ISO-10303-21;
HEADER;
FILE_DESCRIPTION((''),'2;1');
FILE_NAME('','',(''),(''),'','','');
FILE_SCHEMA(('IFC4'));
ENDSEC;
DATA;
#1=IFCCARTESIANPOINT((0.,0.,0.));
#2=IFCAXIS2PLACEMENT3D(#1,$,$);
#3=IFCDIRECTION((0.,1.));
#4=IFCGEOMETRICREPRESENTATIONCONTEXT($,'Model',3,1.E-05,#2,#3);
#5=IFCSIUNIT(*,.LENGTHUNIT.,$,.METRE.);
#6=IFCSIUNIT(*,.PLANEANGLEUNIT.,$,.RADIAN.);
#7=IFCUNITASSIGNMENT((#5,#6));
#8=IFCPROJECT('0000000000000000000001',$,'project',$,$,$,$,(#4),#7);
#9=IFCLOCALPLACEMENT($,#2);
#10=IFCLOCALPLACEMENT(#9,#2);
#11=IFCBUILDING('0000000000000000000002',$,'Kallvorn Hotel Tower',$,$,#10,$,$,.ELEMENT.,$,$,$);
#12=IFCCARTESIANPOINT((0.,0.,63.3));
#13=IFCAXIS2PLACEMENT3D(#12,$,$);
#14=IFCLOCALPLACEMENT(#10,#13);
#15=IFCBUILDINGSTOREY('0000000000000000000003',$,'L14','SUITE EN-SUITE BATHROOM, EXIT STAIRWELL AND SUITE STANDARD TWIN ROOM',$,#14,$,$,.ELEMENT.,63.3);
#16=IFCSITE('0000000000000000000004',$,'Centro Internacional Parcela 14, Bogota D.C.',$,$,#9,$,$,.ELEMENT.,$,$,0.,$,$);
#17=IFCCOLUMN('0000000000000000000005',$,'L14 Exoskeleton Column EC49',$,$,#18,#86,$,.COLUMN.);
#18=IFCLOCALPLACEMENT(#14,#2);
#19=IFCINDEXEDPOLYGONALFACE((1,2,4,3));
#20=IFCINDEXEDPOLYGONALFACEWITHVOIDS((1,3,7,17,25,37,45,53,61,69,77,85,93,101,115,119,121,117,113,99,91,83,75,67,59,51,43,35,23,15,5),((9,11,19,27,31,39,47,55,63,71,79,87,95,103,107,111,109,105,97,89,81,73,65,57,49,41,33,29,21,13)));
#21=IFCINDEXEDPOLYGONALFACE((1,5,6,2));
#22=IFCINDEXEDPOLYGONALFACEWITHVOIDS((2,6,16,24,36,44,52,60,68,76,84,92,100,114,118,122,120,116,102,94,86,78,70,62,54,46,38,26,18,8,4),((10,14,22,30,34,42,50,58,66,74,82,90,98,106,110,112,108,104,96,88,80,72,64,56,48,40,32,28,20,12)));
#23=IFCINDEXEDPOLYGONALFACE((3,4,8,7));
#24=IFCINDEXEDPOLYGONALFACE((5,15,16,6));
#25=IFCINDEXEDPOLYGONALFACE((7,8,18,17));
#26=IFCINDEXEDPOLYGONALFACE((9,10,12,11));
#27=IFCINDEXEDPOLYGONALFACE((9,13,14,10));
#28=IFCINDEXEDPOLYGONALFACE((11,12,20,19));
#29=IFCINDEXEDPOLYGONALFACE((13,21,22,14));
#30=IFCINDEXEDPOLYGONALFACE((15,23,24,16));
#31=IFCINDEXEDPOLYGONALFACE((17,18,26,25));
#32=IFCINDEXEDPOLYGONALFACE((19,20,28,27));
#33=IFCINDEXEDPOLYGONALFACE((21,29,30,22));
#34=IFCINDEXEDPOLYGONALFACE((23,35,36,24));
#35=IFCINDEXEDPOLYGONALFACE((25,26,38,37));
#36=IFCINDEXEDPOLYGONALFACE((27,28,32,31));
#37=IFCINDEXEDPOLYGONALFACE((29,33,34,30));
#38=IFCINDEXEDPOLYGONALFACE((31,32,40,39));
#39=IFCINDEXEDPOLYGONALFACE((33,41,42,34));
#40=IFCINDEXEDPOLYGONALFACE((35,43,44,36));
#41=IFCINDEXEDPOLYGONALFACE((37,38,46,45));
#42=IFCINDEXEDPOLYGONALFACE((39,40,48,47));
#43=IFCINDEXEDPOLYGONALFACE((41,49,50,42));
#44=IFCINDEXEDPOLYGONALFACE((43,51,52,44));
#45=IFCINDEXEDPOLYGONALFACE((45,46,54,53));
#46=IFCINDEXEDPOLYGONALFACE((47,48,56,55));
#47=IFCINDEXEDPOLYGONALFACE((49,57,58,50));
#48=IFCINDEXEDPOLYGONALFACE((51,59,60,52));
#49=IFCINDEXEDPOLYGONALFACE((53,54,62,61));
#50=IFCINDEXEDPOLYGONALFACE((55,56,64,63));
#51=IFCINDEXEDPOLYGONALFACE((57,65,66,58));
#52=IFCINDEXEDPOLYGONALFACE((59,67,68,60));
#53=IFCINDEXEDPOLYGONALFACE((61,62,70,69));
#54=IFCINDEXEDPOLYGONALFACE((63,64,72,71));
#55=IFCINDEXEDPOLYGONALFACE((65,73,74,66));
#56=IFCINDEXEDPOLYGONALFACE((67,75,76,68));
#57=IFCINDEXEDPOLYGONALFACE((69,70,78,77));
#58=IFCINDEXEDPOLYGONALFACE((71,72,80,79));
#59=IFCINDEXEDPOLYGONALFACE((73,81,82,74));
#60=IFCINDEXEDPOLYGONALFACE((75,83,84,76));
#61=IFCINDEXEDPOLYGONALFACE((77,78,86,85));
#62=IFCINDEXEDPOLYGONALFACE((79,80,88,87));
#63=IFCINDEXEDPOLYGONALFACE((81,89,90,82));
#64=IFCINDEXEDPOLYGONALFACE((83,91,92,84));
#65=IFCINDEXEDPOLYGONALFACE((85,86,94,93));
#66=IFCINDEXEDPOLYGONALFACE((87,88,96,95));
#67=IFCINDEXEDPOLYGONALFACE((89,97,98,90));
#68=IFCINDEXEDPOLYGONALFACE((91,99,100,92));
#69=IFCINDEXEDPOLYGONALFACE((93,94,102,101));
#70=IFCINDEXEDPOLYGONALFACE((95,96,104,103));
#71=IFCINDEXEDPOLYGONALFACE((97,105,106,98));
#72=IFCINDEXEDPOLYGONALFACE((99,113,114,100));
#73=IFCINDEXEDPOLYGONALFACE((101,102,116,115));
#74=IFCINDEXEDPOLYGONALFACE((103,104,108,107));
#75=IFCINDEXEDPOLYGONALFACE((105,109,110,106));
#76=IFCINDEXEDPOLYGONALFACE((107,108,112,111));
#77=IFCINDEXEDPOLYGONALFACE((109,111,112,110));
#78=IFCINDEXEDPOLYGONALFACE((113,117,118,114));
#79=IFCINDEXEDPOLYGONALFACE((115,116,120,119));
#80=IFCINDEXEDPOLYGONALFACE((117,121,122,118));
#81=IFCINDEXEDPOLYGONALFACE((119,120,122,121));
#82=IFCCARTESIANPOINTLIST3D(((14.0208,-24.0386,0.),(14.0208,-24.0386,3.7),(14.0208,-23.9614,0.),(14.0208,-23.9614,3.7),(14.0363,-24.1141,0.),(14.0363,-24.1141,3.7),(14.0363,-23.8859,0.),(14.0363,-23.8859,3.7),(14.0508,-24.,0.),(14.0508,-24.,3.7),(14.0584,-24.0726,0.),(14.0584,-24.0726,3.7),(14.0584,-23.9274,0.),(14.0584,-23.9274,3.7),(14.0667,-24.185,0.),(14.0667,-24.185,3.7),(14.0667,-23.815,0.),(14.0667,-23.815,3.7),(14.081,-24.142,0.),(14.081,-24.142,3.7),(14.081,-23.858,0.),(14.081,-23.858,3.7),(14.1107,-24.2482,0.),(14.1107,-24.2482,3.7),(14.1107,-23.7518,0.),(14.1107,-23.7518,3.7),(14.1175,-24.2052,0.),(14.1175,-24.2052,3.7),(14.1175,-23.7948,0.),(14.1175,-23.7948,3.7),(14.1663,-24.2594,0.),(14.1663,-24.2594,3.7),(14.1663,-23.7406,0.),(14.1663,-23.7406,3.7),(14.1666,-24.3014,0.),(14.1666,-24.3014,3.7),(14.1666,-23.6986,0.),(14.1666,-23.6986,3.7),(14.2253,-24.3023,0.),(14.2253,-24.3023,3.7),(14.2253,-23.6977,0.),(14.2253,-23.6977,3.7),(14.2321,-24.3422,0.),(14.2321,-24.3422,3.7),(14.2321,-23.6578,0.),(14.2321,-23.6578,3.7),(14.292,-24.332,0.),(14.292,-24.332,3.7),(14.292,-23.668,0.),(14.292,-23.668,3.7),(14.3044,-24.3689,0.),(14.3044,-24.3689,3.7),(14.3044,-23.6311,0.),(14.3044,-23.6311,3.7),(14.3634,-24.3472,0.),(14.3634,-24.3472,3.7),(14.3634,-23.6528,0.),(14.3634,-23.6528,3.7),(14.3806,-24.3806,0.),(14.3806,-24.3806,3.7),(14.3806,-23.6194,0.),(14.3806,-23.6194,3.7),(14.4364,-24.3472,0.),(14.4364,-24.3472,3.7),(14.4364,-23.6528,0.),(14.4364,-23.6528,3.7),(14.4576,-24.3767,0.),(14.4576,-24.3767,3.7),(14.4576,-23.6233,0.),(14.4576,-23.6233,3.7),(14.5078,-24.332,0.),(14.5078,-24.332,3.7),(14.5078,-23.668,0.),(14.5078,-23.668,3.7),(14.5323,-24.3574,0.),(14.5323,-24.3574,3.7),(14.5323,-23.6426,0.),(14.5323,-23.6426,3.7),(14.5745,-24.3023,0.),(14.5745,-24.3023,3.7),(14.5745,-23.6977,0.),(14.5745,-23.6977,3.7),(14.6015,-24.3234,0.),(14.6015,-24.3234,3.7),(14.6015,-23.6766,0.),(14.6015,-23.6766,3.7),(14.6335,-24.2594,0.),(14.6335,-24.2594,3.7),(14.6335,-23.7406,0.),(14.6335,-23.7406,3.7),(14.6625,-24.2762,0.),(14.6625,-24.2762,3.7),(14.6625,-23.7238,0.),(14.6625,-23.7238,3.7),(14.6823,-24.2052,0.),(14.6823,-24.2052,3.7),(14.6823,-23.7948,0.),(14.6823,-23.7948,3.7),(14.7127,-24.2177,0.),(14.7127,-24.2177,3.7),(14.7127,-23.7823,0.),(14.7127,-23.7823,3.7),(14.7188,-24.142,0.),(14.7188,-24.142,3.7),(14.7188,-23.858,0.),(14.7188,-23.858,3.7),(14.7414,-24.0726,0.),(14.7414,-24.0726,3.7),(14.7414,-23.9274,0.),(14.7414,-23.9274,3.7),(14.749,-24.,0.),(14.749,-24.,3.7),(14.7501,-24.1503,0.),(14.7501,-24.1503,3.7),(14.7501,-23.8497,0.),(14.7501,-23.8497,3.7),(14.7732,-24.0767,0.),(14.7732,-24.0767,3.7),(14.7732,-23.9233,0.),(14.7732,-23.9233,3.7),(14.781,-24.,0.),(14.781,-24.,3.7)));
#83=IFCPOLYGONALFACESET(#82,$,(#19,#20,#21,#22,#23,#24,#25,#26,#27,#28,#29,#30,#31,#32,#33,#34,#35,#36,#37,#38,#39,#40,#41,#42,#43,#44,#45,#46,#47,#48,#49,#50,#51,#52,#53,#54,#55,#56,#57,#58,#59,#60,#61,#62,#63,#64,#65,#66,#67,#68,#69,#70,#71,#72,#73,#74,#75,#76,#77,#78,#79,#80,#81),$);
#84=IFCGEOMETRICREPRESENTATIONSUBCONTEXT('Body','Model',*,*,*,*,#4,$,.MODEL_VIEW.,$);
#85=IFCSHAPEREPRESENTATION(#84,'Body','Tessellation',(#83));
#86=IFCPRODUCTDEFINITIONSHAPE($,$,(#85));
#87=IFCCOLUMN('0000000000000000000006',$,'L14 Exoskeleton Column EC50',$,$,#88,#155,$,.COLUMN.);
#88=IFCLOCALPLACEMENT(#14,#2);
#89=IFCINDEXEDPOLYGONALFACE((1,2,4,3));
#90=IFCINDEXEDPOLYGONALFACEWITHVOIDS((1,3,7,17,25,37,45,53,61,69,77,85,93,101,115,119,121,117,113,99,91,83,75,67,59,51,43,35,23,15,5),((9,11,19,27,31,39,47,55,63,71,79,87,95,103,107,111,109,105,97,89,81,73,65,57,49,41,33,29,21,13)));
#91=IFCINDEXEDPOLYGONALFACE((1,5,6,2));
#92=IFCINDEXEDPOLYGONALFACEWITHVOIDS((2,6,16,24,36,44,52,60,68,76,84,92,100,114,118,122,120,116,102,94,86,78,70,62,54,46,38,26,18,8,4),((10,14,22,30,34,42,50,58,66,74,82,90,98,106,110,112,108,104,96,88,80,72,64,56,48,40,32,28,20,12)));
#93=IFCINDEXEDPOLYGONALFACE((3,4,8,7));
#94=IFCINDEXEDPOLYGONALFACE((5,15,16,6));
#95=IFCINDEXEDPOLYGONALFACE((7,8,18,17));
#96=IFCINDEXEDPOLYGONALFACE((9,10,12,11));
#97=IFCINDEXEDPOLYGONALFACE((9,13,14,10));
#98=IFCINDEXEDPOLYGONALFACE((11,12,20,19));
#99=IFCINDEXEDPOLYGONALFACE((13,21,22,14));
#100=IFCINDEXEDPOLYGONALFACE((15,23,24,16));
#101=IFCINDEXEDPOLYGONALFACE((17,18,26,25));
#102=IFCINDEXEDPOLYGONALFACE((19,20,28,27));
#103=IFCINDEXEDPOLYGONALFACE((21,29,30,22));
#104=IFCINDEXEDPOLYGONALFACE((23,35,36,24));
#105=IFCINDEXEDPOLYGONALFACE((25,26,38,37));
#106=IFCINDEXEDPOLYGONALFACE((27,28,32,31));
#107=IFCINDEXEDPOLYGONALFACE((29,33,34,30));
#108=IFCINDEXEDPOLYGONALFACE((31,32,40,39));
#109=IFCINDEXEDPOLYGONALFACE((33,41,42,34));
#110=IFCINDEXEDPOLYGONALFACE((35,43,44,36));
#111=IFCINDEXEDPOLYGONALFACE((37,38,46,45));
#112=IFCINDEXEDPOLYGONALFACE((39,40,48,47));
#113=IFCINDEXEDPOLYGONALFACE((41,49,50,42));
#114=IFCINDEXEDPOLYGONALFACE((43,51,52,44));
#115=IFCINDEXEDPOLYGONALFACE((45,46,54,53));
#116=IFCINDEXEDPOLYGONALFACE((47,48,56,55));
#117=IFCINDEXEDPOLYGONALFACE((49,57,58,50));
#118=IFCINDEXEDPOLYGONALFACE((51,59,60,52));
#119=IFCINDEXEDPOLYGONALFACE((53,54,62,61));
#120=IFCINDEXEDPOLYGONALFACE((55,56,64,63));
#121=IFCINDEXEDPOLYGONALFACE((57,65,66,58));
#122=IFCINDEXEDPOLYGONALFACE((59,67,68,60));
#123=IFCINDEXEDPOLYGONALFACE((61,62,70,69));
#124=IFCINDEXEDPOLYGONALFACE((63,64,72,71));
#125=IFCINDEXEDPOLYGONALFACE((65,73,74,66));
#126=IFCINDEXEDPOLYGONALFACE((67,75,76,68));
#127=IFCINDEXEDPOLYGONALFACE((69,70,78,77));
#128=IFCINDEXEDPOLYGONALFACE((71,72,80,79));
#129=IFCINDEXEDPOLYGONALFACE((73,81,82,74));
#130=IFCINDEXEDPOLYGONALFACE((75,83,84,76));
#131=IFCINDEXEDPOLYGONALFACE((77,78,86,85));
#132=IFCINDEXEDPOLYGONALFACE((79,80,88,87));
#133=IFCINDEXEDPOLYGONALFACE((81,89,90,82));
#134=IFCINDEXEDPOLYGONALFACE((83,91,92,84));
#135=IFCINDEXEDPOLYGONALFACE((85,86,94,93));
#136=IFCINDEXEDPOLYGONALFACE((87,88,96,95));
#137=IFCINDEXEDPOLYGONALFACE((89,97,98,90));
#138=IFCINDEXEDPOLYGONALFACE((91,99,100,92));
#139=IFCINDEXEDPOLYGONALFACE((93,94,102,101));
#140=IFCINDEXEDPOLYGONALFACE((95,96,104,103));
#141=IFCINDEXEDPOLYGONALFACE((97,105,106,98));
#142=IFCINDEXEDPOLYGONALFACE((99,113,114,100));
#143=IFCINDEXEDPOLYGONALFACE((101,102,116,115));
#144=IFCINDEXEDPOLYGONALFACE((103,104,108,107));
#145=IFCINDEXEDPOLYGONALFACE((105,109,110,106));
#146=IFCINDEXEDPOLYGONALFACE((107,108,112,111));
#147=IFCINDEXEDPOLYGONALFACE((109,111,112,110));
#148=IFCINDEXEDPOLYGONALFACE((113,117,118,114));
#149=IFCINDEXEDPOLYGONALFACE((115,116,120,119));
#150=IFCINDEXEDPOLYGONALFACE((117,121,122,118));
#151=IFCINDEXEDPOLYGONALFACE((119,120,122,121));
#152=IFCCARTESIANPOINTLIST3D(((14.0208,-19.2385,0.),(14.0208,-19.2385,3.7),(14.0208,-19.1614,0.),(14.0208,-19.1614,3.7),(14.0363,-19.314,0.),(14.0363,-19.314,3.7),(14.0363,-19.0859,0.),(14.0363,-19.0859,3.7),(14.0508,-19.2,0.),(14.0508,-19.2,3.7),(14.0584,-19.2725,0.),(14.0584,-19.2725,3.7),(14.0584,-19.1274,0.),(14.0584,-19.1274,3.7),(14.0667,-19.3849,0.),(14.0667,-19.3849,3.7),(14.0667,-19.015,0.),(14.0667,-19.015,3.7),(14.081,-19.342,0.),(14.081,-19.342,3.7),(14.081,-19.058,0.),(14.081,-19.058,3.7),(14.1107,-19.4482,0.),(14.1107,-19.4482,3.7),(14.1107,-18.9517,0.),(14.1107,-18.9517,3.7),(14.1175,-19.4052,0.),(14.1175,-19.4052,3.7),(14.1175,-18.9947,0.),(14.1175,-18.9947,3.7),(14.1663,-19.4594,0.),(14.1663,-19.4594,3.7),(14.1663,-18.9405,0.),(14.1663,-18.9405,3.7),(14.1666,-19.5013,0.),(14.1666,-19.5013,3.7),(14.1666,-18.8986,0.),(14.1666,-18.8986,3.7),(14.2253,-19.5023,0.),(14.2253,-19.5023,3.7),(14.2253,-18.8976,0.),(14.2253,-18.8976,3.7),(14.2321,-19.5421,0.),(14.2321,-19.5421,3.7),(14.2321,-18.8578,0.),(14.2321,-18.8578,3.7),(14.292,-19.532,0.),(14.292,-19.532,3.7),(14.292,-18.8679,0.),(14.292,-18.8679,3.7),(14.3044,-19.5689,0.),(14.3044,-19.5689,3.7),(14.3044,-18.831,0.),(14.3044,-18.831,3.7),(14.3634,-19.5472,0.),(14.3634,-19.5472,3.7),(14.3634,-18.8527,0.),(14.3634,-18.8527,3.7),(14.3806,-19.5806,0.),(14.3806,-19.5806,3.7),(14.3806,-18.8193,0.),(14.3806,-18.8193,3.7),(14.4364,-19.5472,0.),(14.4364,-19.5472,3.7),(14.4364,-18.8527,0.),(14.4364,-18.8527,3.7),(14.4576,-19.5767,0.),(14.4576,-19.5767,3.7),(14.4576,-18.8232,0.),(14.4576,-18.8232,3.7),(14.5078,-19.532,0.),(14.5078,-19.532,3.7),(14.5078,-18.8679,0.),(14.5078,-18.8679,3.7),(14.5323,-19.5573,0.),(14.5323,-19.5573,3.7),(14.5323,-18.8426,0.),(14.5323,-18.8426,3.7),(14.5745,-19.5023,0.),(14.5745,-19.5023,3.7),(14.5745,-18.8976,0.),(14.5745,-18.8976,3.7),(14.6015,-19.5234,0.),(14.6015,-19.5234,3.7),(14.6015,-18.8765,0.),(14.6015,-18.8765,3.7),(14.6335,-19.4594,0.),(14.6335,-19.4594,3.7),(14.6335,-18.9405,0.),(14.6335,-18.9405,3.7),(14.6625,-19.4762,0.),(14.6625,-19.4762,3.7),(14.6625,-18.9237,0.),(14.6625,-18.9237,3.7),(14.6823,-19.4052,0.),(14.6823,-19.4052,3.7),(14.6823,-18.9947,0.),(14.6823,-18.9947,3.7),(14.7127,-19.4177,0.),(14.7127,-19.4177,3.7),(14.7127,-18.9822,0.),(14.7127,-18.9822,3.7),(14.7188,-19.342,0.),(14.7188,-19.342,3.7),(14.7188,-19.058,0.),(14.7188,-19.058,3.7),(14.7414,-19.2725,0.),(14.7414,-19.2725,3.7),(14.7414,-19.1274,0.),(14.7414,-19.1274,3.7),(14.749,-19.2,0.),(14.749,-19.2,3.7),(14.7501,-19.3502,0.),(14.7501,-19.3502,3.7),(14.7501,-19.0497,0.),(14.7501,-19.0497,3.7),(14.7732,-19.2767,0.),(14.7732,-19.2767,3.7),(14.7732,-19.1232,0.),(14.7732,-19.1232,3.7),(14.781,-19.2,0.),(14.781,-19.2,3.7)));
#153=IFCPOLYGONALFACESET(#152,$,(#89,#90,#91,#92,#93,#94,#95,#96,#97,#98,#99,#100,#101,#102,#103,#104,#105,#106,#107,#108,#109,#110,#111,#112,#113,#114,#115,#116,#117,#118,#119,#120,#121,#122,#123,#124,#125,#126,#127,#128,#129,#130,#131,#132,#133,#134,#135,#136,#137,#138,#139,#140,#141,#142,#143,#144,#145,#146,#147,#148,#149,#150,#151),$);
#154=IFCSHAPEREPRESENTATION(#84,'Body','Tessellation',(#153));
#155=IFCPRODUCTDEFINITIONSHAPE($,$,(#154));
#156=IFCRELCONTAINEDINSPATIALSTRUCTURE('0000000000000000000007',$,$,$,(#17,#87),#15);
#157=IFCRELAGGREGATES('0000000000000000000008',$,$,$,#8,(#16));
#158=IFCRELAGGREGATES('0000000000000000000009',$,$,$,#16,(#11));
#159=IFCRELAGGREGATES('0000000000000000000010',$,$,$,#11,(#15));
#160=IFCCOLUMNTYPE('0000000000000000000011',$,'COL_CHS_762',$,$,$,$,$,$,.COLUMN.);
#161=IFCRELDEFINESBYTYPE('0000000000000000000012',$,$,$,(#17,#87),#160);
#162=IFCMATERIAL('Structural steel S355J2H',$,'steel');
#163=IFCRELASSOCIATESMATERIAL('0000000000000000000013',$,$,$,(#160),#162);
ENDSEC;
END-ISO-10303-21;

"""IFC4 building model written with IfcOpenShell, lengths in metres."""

from ifc_helpers import new_model, si_unit, direction, frame, origin, origin_2d, place, context, subcontext, project, spatial, hollow_circle, extrude, material, material_profile, profile_set, type_object, element, save


model = new_model("IFC4")

# Units and contexts
model_context = context("Model", 3, precision=1e-05, world=origin(), true_north=direction((0.0, 1.0)))
body_context = subcontext(model_context, "Body", "Model", "MODEL_VIEW")
ifc_project = project(units=[si_unit("LENGTHUNIT", "METRE"), si_unit("PLANEANGLEUNIT", "RADIAN")], contexts=[model_context])

# Site, building, storey
site_placement = place(None, origin())
site = spatial("IfcSite", under=ifc_project, at=site_placement, Name="Centro Internacional Parcela 14, Bogota D.C.", CompositionType="ELEMENT", RefElevation=0.0)
building_placement = place(site_placement, origin())
building = spatial("IfcBuilding", under=site, at=building_placement, Name="Kallvorn Hotel Tower", CompositionType="ELEMENT")
storey_placement = place(building_placement, frame((0.0, 0.0, 63.3)))
storey = spatial("IfcBuildingStorey", under=building, at=storey_placement, Name="L14", Description="SUITE EN-SUITE BATHROOM, EXIT STAIRWELL AND SUITE STANDARD TWIN ROOM", CompositionType="ELEMENT", Elevation=63.3)

# Columns
ifc_material_1 = material(Name="Structural steel S355J2H", Category="steel")
ifc_material_profile_1 = material_profile(ifc_material_1, hollow_circle(Radius=0.3811, WallThickness=0.032, at=origin_2d()), Name="CHS 762x32")
ifc_profile_set_1 = profile_set([ifc_material_profile_1], Name="Structural steel S355J2H")
column_type_1 = type_object("IfcColumnType", Name="COL_CHS_762", PredefinedType="COLUMN", material=ifc_profile_set_1)
for number, where, z_axis, x_axis, name in (
    (1, (14.3999, -24.0, 0.0), (0.0, 0.0, 1.0), (1.0, 0.0, 0.0), "L14 Exoskeleton Column EC49"),
    (2, (14.3999, -19.2, 0.0), (0.0, 0.0, 1.0), (1.0, 0.0, 0.0), "L14 Exoskeleton Column EC50"),
):
    element("IfcColumn", number, at=place(storey_placement, frame(where, z_axis=z_axis, x_axis=x_axis)), inside=storey, type_object=column_type_1, Name=name, PredefinedType="COLUMN", context=body_context, shape_type="SweptSolid", body=[
        extrude(hollow_circle(Radius=0.3811, WallThickness=0.032, at=origin_2d()), origin(), (0.0, 0.0, 1.0), 3.7),
    ])

save(model, "model.ifc")
